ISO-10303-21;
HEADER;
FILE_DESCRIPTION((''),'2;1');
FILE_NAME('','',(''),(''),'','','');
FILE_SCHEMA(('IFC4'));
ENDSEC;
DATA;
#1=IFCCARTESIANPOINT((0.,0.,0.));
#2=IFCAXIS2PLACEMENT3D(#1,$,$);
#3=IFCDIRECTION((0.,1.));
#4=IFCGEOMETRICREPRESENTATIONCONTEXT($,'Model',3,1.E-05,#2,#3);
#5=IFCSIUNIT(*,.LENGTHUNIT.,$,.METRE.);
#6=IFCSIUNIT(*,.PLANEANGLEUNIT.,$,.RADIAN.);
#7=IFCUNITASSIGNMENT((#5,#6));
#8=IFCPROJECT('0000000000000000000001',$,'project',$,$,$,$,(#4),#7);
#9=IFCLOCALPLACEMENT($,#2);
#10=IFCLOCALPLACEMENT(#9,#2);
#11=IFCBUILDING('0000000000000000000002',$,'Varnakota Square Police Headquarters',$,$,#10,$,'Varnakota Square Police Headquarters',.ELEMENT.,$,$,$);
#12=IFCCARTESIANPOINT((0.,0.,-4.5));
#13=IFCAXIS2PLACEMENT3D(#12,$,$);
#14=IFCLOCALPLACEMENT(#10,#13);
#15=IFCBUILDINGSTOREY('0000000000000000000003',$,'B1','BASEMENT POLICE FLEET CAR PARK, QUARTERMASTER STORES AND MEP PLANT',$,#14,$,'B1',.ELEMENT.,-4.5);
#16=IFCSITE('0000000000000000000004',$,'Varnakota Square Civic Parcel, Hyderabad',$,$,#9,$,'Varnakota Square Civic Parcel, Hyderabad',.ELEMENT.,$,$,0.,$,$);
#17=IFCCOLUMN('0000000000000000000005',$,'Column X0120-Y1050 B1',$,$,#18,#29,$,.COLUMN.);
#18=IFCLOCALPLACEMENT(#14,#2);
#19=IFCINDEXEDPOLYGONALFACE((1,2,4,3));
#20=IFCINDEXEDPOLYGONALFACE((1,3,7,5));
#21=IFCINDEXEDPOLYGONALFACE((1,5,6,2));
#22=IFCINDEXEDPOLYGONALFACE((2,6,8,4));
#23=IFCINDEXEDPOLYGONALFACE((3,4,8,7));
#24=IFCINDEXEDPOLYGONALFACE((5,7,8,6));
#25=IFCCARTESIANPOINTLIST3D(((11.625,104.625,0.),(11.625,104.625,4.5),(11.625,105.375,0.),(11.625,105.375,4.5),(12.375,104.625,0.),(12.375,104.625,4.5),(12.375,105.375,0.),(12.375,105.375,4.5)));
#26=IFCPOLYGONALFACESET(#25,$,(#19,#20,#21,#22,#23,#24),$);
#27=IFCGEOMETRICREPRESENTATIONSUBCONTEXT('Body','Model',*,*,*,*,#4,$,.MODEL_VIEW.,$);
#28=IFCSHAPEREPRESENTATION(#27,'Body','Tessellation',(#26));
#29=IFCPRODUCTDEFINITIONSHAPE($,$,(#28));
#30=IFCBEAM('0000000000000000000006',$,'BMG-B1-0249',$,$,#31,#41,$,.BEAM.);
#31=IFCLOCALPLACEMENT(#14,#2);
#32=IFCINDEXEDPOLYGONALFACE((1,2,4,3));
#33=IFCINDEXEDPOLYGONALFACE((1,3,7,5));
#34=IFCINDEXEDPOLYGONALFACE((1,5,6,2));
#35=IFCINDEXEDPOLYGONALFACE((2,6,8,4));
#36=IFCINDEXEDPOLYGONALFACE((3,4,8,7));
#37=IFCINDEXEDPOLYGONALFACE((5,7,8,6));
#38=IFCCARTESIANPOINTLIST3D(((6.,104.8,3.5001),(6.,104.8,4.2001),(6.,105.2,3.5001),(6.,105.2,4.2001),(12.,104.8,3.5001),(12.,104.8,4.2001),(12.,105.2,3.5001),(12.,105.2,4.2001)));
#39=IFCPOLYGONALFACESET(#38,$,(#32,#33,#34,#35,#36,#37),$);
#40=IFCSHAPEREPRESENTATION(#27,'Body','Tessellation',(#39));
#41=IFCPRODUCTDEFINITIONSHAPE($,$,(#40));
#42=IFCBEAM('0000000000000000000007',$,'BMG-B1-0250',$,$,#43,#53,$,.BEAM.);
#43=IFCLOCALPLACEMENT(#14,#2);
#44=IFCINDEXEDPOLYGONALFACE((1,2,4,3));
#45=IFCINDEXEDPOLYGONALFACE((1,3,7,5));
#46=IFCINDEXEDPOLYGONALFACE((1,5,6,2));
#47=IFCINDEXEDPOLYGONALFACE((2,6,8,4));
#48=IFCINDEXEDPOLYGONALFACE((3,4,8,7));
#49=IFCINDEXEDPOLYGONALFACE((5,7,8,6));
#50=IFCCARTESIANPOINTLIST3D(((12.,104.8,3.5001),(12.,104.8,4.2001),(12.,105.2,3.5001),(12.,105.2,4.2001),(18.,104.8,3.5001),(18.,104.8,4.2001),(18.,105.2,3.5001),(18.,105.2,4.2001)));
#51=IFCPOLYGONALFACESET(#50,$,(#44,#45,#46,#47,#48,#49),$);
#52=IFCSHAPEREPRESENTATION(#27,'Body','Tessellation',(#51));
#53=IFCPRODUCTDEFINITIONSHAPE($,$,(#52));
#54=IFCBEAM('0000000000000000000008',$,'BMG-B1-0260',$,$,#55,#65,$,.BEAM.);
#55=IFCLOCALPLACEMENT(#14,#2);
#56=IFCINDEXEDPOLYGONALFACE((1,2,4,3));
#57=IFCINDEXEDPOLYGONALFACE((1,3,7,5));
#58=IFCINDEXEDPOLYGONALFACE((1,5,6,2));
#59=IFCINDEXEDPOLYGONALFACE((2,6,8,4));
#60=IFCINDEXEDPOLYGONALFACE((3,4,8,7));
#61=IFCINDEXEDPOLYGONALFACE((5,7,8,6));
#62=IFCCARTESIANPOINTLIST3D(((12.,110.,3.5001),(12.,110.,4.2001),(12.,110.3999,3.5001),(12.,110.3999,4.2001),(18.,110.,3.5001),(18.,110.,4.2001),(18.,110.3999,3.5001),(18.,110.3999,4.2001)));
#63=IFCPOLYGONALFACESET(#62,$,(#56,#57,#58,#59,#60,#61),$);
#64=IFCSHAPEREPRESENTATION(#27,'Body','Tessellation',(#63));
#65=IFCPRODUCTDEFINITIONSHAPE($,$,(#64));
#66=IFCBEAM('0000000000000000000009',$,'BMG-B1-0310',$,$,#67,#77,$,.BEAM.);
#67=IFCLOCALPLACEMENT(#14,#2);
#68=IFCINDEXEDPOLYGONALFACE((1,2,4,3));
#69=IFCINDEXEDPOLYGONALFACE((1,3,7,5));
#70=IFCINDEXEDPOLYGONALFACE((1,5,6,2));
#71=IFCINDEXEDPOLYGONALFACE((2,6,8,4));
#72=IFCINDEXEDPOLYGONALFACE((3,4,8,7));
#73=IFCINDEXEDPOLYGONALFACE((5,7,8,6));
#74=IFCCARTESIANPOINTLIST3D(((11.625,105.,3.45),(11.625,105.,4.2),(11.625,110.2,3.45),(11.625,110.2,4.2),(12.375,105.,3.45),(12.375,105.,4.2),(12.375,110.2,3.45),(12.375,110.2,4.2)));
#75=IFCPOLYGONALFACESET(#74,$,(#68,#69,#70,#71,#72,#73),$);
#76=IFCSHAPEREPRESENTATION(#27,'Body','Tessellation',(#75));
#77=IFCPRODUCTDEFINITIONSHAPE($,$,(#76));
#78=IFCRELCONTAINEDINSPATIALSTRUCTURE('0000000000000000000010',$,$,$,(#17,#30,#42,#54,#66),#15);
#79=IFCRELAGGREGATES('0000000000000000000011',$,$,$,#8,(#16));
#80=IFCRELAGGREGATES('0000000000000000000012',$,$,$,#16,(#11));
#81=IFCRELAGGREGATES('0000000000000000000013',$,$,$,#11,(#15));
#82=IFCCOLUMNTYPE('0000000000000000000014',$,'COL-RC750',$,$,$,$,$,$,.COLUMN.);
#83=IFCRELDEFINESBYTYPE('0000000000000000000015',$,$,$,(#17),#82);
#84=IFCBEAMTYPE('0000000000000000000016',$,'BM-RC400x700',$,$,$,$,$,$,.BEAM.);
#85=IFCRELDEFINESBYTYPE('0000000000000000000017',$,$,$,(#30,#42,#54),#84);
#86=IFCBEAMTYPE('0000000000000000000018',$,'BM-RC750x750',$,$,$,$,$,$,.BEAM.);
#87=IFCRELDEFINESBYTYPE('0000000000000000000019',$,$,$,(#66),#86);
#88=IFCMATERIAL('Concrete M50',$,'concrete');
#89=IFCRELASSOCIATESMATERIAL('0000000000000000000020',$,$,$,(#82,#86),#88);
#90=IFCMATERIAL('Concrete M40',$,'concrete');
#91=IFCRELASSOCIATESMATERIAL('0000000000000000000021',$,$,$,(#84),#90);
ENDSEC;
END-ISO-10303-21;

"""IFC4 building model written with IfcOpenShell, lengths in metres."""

from ifc_helpers import new_model, si_unit, direction, frame, origin, origin_2d, place, context, subcontext, project, spatial, rectangle, extrude, material, material_profile, profile_set, type_object, element, save


model = new_model("IFC4")

# Units and contexts
model_context = context("Model", 3, precision=1e-05, world=origin(), true_north=direction((0.0, 1.0)))
body_context = subcontext(model_context, "Body", "Model", "MODEL_VIEW")
ifc_project = project(units=[si_unit("LENGTHUNIT", "METRE"), si_unit("PLANEANGLEUNIT", "RADIAN")], contexts=[model_context])

# Site, building, storey
site_placement = place(None, origin())
site = spatial("IfcSite", under=ifc_project, at=site_placement, Name="Varnakota Square Civic Parcel, Hyderabad", LongName="Varnakota Square Civic Parcel, Hyderabad", CompositionType="ELEMENT", RefElevation=0.0)
building_placement = place(site_placement, origin())
building = spatial("IfcBuilding", under=site, at=building_placement, Name="Varnakota Square Police Headquarters", LongName="Varnakota Square Police Headquarters", CompositionType="ELEMENT")
storey_placement = place(building_placement, frame((0.0, 0.0, -4.5)))
storey = spatial("IfcBuildingStorey", under=building, at=storey_placement, Name="B1", Description="BASEMENT POLICE FLEET CAR PARK, QUARTERMASTER STORES AND MEP PLANT", LongName="B1", CompositionType="ELEMENT", Elevation=-4.5)

# Shared definitions
ifc_material_1 = material(Name="Concrete M40", Category="concrete")

# Column
ifc_material_2 = material(Name="Concrete M50", Category="concrete")
ifc_material_profile_1 = material_profile(ifc_material_2, rectangle(XDim=0.75, YDim=0.75, at=origin_2d()), Name="RC 750x750")
ifc_profile_set_1 = profile_set([ifc_material_profile_1], Name="Concrete M50")
column_type_1 = type_object("IfcColumnType", Name="COL-RC750", PredefinedType="COLUMN", material=ifc_profile_set_1)
for number, where, z_axis, x_axis, name in (
    (1, (12.0, 105.0, 0.0), (0.0, 0.0, 1.0), (1.0, 0.0, 0.0), "Column X0120-Y1050 B1"),
):
    element("IfcColumn", number, at=place(storey_placement, frame(where, z_axis=z_axis, x_axis=x_axis)), inside=storey, type_object=column_type_1, Name=name, PredefinedType="COLUMN", context=body_context, shape_type="SweptSolid", body=[
        extrude(rectangle(XDim=0.75, YDim=0.75, at=origin_2d()), origin(), (0.0, 0.0, 1.0), 4.5),
    ])

# Beams
ifc_material_profile_2 = material_profile(ifc_material_1, rectangle(XDim=0.3999, YDim=0.7, at=origin_2d()), Name="RC 400x700")
ifc_profile_set_2 = profile_set([ifc_material_profile_2], Name="Concrete M40")
beam_type_1 = type_object("IfcBeamType", Name="BM-RC400x700", PredefinedType="BEAM", material=ifc_profile_set_2)
for number, where, z_axis, x_axis, name in (
    (2, (6.0, 105.0, 3.8501), (1.0, 0.0, 0.0), (0.0, 1.0, 0.0), "BMG-B1-0249"),
    (3, (12.0, 105.0, 3.8501), (1.0, 0.0, 0.0), (0.0, 1.0, 0.0), "BMG-B1-0250"),
    (4, (12.0, 110.2, 3.8501), (1.0, 0.0, 0.0), (0.0, 1.0, 0.0), "BMG-B1-0260"),
):
    element("IfcBeam", number, at=place(storey_placement, frame(where, z_axis=z_axis, x_axis=x_axis)), inside=storey, type_object=beam_type_1, Name=name, PredefinedType="BEAM", context=body_context, shape_type="SweptSolid", body=[
        extrude(rectangle(XDim=0.3999, YDim=0.7, at=origin_2d()), origin(), (0.0, 0.0, 1.0), 6.0),
    ])
ifc_material_profile_3 = material_profile(ifc_material_2, rectangle(XDim=0.75, YDim=0.75, at=origin_2d()), Name="RC 750x750")
ifc_profile_set_3 = profile_set([ifc_material_profile_3], Name="Concrete M50")
beam_type_2 = type_object("IfcBeamType", Name="BM-RC750x750", PredefinedType="BEAM", material=ifc_profile_set_3)
beam_placement = place(storey_placement, frame((12.0, 105.0, 3.825), z_axis=(0.0, 1.0, 0.0), x_axis=(-1.0, 0.0, 0.0)))
element("IfcBeam", 5, at=beam_placement, inside=storey, type_object=beam_type_2, Name="BMG-B1-0310", PredefinedType="BEAM", context=body_context, shape_type="SweptSolid", body=[
    extrude(rectangle(XDim=0.75, YDim=0.75, at=origin_2d()), origin(), (0.0, 0.0, 1.0), 5.2),
])

save(model, "model.ifc")
